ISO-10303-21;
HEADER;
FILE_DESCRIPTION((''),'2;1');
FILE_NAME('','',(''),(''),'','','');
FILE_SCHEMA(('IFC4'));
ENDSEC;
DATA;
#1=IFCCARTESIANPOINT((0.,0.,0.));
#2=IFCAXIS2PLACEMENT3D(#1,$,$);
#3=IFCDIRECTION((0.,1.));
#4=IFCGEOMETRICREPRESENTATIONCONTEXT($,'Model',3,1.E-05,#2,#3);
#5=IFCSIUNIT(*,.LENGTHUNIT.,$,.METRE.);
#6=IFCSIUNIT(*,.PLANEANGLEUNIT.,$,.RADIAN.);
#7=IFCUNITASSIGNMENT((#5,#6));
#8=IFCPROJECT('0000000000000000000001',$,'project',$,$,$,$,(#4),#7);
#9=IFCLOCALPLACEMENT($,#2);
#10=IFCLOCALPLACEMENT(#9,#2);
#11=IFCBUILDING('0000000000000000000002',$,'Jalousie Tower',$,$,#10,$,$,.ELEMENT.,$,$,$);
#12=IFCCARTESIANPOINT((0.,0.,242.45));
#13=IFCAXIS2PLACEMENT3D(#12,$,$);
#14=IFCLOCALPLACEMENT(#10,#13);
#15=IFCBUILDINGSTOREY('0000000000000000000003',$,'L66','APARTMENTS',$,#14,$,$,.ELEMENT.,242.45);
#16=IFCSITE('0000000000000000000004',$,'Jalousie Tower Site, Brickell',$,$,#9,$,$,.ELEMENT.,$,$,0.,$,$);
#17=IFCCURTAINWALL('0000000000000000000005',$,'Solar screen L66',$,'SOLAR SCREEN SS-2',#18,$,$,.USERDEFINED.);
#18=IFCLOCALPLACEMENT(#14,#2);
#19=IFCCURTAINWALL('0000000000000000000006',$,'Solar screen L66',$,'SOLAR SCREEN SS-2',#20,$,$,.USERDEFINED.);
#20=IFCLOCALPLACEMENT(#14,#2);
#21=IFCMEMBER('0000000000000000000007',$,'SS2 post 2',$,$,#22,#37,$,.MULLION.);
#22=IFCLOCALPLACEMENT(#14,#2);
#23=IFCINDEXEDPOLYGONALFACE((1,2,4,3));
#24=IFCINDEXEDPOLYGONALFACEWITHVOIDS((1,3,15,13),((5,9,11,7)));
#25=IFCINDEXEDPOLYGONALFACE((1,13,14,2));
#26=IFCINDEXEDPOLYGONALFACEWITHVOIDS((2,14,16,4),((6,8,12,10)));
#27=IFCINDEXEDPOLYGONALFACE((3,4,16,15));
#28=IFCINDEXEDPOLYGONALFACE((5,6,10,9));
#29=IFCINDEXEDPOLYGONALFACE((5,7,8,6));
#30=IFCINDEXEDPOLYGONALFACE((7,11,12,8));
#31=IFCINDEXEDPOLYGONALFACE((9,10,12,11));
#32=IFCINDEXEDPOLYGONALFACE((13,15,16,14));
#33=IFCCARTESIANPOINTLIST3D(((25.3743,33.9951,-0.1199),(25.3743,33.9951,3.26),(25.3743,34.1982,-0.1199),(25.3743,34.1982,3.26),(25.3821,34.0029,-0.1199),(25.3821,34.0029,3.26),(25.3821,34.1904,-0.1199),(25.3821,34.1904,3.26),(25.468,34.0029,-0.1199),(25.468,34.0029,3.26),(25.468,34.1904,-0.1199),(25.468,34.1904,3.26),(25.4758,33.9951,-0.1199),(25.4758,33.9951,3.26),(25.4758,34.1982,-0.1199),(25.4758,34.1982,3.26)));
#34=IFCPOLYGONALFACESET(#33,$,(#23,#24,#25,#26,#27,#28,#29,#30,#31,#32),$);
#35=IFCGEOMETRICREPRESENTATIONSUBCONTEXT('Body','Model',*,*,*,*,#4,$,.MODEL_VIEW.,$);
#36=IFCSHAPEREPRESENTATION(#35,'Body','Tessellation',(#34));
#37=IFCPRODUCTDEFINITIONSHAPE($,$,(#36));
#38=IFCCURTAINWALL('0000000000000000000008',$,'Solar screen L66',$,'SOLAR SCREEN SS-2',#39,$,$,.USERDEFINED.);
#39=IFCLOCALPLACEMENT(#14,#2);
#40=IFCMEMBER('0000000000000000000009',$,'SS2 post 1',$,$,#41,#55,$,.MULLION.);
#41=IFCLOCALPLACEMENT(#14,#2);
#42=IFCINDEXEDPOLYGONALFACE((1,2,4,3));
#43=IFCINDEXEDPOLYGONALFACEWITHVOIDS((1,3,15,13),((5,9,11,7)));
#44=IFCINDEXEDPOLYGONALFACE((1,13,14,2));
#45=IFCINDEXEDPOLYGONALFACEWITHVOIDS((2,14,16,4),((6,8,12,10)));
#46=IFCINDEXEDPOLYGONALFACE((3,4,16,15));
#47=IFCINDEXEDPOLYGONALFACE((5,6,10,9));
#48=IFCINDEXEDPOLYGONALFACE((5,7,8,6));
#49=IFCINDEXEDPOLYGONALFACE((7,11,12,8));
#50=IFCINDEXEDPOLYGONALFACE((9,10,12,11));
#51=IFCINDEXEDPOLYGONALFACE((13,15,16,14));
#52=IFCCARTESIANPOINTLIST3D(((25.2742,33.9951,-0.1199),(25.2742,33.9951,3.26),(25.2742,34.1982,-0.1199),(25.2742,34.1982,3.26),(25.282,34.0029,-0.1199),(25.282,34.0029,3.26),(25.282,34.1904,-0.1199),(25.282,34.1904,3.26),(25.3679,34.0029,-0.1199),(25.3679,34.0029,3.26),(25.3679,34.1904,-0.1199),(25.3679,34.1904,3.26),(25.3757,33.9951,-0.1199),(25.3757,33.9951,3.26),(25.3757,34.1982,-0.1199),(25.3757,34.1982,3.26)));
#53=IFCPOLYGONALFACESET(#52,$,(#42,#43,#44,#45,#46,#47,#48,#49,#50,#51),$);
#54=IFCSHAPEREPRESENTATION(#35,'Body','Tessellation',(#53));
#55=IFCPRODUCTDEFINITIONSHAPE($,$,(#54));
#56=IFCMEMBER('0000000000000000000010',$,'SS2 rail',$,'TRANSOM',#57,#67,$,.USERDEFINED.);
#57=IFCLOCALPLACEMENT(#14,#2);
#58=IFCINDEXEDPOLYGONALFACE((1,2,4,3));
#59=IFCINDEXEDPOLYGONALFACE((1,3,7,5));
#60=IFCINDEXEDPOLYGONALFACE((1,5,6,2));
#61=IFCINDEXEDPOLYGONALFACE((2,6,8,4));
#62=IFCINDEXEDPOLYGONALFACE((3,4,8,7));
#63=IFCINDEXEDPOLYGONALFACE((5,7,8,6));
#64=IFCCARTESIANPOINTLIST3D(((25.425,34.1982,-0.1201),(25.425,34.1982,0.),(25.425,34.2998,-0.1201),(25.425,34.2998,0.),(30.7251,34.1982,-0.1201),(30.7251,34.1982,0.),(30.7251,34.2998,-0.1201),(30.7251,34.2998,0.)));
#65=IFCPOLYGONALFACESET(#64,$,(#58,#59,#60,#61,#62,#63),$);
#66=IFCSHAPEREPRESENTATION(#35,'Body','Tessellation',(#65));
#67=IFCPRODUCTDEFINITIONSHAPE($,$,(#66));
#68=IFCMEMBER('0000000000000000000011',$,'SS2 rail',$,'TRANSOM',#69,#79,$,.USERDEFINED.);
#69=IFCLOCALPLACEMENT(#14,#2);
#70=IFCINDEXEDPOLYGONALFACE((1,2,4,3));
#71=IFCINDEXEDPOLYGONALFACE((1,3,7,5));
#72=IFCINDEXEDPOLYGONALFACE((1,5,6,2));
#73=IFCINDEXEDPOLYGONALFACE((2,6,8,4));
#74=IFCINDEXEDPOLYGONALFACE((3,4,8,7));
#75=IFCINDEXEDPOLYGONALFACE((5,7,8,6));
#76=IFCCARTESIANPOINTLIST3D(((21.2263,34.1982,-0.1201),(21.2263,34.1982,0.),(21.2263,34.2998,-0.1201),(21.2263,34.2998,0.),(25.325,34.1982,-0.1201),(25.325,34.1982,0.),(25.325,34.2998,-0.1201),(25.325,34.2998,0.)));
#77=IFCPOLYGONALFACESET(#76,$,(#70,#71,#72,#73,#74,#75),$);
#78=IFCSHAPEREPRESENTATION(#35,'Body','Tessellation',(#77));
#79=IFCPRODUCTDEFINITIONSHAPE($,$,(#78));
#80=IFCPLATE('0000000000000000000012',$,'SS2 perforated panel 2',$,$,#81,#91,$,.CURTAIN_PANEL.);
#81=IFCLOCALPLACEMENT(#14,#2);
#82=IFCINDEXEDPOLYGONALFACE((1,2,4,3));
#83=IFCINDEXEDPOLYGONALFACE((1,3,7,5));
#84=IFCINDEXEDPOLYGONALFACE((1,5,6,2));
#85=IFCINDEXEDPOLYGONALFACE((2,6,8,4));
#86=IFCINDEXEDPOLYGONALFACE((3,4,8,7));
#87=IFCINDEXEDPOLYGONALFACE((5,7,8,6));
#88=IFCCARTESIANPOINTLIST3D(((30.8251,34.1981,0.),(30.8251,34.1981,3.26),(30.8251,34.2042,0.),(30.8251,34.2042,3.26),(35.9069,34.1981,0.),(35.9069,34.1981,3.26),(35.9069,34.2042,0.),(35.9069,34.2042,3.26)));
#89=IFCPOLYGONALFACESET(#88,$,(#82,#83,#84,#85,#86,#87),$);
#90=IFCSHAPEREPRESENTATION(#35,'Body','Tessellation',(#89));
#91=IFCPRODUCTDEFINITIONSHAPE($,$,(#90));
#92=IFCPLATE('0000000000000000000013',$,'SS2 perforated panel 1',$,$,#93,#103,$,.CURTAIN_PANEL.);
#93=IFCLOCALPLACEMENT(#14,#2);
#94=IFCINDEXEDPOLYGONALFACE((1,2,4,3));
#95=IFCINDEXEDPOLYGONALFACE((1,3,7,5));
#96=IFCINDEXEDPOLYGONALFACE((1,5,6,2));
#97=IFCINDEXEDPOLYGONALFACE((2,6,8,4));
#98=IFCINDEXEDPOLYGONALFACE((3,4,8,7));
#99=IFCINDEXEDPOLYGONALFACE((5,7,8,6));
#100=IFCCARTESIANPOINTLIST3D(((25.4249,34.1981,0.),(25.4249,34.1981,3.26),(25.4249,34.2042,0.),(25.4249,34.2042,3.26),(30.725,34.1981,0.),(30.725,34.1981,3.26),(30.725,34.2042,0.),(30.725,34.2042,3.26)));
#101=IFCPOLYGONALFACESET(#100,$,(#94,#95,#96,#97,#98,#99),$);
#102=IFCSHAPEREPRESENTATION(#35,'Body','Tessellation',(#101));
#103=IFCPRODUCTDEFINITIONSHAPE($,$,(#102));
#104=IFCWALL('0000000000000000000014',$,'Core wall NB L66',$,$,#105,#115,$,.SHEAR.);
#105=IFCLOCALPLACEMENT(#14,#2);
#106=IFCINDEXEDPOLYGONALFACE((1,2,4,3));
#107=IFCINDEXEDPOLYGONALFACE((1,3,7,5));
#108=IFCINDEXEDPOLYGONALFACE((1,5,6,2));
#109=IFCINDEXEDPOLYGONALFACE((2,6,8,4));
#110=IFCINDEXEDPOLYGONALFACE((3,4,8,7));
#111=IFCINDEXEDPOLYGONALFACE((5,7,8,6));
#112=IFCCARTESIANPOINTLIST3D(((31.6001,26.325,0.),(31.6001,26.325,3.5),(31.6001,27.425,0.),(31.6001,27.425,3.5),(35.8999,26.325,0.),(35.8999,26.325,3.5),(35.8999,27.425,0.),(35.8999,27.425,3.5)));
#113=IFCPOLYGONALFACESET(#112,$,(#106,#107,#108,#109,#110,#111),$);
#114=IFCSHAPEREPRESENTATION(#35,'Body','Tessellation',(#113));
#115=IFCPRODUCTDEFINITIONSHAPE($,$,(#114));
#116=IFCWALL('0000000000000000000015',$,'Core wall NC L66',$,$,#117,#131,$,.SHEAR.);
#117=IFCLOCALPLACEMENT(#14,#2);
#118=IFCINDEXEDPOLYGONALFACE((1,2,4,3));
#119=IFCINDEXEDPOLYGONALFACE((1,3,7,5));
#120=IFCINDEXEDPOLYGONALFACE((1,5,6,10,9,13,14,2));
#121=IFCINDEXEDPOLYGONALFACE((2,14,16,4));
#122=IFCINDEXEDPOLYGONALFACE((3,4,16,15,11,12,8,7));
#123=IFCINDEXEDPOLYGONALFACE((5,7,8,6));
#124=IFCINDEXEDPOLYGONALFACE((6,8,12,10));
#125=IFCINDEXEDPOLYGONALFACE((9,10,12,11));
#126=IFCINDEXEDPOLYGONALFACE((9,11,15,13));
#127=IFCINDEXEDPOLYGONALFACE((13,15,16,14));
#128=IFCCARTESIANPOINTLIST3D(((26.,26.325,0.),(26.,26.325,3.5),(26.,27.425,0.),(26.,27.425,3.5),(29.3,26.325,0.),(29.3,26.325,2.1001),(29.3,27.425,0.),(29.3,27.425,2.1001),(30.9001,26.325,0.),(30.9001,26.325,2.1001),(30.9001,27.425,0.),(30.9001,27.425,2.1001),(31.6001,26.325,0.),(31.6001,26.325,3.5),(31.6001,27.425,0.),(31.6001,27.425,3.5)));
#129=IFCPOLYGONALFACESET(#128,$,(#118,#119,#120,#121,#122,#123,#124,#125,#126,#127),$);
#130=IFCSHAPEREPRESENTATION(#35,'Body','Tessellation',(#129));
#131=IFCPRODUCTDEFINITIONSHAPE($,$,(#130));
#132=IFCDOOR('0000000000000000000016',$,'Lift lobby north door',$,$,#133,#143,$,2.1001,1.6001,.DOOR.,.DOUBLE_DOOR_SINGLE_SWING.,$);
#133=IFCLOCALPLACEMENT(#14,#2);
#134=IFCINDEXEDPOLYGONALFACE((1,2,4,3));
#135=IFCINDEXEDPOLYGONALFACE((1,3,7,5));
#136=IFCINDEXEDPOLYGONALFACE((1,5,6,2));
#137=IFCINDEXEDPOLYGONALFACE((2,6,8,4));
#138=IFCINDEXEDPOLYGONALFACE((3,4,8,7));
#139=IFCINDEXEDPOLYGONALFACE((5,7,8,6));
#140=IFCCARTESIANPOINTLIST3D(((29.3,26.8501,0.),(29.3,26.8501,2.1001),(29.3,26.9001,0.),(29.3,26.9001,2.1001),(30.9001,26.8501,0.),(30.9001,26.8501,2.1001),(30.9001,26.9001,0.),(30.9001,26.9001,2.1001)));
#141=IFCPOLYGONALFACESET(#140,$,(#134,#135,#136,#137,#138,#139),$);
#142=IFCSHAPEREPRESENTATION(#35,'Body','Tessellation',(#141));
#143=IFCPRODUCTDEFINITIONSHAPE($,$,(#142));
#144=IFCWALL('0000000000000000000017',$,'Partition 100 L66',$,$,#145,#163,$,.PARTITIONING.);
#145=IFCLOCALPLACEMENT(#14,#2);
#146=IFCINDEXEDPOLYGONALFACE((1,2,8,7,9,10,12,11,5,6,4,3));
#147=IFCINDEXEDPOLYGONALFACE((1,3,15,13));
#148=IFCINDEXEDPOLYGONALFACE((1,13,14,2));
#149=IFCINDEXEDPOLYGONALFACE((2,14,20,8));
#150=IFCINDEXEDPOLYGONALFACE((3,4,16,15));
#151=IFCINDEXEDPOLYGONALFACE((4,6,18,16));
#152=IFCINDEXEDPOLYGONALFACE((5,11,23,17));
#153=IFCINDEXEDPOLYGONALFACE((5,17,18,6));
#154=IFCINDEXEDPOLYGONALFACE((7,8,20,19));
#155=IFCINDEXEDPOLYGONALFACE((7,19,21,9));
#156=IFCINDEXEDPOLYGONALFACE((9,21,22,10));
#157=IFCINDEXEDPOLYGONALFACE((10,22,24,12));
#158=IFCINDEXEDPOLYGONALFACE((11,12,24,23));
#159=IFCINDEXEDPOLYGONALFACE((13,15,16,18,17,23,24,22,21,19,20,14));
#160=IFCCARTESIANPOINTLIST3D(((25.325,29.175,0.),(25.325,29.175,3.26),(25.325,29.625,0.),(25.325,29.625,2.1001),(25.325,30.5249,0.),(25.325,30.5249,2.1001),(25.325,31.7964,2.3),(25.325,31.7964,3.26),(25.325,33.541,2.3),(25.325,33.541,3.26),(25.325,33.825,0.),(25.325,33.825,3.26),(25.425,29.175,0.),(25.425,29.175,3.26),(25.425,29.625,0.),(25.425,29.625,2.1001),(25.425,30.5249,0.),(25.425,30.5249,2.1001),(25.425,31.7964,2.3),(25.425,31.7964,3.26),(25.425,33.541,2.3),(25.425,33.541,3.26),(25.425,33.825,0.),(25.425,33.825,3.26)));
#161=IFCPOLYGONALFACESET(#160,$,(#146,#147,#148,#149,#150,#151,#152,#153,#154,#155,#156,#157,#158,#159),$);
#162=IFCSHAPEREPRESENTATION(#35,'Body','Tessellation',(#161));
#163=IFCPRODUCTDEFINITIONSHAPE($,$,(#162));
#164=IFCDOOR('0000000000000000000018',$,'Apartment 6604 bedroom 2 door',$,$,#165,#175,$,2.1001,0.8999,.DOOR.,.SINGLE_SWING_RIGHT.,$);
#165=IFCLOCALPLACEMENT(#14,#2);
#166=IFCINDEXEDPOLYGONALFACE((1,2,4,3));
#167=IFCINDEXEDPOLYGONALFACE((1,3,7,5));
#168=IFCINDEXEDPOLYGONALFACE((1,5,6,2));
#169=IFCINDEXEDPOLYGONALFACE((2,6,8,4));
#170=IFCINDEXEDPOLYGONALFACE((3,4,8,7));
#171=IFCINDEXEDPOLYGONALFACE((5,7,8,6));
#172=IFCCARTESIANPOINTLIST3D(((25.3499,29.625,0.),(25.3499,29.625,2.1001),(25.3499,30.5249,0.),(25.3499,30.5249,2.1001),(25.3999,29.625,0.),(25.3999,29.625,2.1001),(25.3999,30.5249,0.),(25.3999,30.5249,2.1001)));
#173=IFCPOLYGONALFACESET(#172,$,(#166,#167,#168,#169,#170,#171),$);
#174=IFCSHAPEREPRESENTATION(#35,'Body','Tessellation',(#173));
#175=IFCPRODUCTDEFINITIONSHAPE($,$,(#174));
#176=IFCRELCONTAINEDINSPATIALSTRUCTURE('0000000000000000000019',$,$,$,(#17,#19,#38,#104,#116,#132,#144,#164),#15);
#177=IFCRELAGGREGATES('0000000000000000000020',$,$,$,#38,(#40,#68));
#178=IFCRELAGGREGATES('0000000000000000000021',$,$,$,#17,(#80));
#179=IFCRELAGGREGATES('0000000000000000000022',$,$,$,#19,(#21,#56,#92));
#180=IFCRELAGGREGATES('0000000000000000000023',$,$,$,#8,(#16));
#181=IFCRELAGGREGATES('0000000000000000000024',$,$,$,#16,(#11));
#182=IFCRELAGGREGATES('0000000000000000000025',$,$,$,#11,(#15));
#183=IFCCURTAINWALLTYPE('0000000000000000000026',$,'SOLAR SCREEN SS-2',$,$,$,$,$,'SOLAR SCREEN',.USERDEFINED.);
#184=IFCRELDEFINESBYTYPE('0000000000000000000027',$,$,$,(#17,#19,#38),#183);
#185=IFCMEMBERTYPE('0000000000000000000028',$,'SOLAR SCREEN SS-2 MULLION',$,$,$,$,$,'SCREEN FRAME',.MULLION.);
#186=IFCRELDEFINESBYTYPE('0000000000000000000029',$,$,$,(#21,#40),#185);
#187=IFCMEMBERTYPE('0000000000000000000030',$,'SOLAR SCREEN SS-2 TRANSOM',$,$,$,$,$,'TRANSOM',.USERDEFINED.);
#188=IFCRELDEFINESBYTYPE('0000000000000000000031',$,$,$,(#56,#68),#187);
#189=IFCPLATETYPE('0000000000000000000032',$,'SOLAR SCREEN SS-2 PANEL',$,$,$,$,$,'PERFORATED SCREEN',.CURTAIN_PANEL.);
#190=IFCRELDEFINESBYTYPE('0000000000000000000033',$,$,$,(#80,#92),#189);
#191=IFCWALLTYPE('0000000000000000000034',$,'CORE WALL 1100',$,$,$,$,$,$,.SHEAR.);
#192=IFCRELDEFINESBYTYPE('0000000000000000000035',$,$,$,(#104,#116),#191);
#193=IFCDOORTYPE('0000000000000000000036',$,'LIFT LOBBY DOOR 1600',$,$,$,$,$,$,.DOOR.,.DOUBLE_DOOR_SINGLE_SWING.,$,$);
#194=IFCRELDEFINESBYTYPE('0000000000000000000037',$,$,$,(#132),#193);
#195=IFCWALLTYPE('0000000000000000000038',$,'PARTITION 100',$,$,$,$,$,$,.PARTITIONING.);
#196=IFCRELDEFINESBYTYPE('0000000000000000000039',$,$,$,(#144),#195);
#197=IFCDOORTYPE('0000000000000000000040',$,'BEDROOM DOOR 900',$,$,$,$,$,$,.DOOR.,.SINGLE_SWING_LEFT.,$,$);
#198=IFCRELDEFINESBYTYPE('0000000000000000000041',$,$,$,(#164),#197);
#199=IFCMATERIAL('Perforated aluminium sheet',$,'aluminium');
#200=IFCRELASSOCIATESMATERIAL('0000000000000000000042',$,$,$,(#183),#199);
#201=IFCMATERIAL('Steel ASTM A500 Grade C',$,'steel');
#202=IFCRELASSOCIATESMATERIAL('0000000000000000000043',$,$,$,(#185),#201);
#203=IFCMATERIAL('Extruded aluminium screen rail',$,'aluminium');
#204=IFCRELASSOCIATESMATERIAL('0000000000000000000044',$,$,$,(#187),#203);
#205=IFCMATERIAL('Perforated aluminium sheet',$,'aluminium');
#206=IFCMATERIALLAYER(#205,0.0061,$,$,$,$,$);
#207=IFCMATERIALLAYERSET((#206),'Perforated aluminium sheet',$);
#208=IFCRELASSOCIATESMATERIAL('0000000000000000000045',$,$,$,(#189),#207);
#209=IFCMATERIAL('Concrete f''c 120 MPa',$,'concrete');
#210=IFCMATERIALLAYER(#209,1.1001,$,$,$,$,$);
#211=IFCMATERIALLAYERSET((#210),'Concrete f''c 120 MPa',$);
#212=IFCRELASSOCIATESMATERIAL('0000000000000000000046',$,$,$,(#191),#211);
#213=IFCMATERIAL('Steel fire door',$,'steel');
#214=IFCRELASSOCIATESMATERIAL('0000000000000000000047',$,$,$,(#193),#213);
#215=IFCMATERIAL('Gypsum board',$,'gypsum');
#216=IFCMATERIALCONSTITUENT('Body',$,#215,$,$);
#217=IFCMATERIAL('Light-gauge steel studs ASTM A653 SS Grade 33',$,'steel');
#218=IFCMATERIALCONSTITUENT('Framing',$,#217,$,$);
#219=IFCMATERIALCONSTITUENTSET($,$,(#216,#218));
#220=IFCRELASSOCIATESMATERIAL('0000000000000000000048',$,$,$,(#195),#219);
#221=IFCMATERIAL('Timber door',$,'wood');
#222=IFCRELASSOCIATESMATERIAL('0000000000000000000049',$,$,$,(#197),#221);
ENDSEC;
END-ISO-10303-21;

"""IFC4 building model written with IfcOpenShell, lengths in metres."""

from ifc_helpers import new_model, si_unit, direction, frame, frame_2d, origin, origin_2d, place, context, subcontext, project, spatial, polyline, rectangle, hollow_rectangle, outline, extrude, material, layer, layer_set, constituent, constituent_set, material_profile, profile_set, type_object, element, fill, aggregate, save


model = new_model("IFC4")

# Units and contexts
model_context = context("Model", 3, precision=1e-05, world=origin(), true_north=direction((0.0, 1.0)))
body_context = subcontext(model_context, "Body", "Model", "MODEL_VIEW")
ifc_project = project(units=[si_unit("LENGTHUNIT", "METRE"), si_unit("PLANEANGLEUNIT", "RADIAN")], contexts=[model_context])

# Site, building, storey
site_placement = place(None, origin())
site = spatial("IfcSite", under=ifc_project, at=site_placement, Name="Jalousie Tower Site, Brickell", CompositionType="ELEMENT", RefElevation=0.0)
building_placement = place(site_placement, origin())
building = spatial("IfcBuilding", under=site, at=building_placement, Name="Jalousie Tower", CompositionType="ELEMENT")
storey_placement = place(building_placement, frame((0.0, 0.0, 242.45)))
storey = spatial("IfcBuildingStorey", under=building, at=storey_placement, Name="L66", Description="APARTMENTS", CompositionType="ELEMENT", Elevation=242.45)

# Curtain walls, member
ifc_material_1 = material(Name="Perforated aluminium sheet", Category="aluminium")
curtain_wall_type = type_object("IfcCurtainWallType", Name="SOLAR SCREEN SS-2", ElementType="SOLAR SCREEN", PredefinedType="USERDEFINED", material=ifc_material_1)
curtain_wall_1_placement = place(storey_placement, origin())
curtain_wall_1 = element("IfcCurtainWall", 1, at=curtain_wall_1_placement, inside=storey, type_object=curtain_wall_type, Name="Solar screen L66", ObjectType="SOLAR SCREEN SS-2", PredefinedType="USERDEFINED")
ifc_material_2 = material(Name="Steel ASTM A500 Grade C", Category="steel")
ifc_material_profile_1 = material_profile(ifc_material_2, hollow_rectangle(XDim=0.1016, YDim=0.2031, WallThickness=0.0078, at=origin_2d()), Name="HSS8X4X5/16")
ifc_profile_set_1 = profile_set([ifc_material_profile_1], Name="Steel ASTM A500 Grade C")
member_type_1 = type_object("IfcMemberType", Name="SOLAR SCREEN SS-2 MULLION", ElementType="SCREEN FRAME", PredefinedType="MULLION", material=ifc_profile_set_1)
curtain_wall_2_placement = place(storey_placement, origin())
curtain_wall_2 = element("IfcCurtainWall", 2, at=curtain_wall_2_placement, inside=storey, type_object=curtain_wall_type, Name="Solar screen L66", ObjectType="SOLAR SCREEN SS-2", PredefinedType="USERDEFINED")
member_1_placement = place(storey_placement, frame((25.425, 34.0967, -0.1199), z_axis=(0.0, 0.0, 1.0), x_axis=(-1.0, 0.0, 0.0)))
member_1 = element("IfcMember", 3, at=member_1_placement, type_object=member_type_1, Name="SS2 post 2", PredefinedType="MULLION", context=body_context, shape_type="SweptSolid", body=[
    extrude(hollow_rectangle(XDim=0.1016, YDim=0.2031, WallThickness=0.0078, at=origin_2d()), origin(), (0.0, 0.0, 1.0), 3.3799),
])

# Curtain wall, member
curtain_wall_3_placement = place(storey_placement, origin())
curtain_wall_3 = element("IfcCurtainWall", 4, at=curtain_wall_3_placement, inside=storey, type_object=curtain_wall_type, Name="Solar screen L66", ObjectType="SOLAR SCREEN SS-2", PredefinedType="USERDEFINED")
member_2_placement = place(storey_placement, frame((25.325, 34.0967, -0.1199), z_axis=(0.0, 0.0, 1.0), x_axis=(-1.0, 0.0, 0.0)))
member_2 = element("IfcMember", 5, at=member_2_placement, type_object=member_type_1, Name="SS2 post 1", PredefinedType="MULLION", context=body_context, shape_type="SweptSolid", body=[
    extrude(hollow_rectangle(XDim=0.1016, YDim=0.2031, WallThickness=0.0078, at=origin_2d()), origin(), (0.0, 0.0, 1.0), 3.3799),
])

# Members
ifc_material_3 = material(Name="Extruded aluminium screen rail", Category="aluminium")
ifc_material_profile_2 = material_profile(ifc_material_3, rectangle(XDim=0.1016, YDim=0.1201, at=origin_2d()), Name="RAIL 102x120")
ifc_profile_set_2 = profile_set([ifc_material_profile_2], Name="Extruded aluminium screen rail")
member_type_2 = type_object("IfcMemberType", Name="SOLAR SCREEN SS-2 TRANSOM", ElementType="TRANSOM", PredefinedType="USERDEFINED", material=ifc_profile_set_2)
member_3_placement = place(storey_placement, frame((30.7251, 34.249, -0.0601), z_axis=(-1.0, 0.0, 0.0), x_axis=(0.0, -1.0, 0.0)))
member_3 = element("IfcMember", 6, at=member_3_placement, type_object=member_type_2, Name="SS2 rail", ObjectType="TRANSOM", PredefinedType="USERDEFINED", context=body_context, shape_type="SweptSolid", body=[
    extrude(rectangle(XDim=0.1016, YDim=0.1201, at=origin_2d()), origin(), (0.0, 0.0, 1.0), 5.3),
])
member_4_placement = place(storey_placement, frame((25.325, 34.249, -0.0601), z_axis=(-1.0, 0.0, 0.0), x_axis=(0.0, -1.0, 0.0)))
member_4 = element("IfcMember", 7, at=member_4_placement, type_object=member_type_2, Name="SS2 rail", ObjectType="TRANSOM", PredefinedType="USERDEFINED", context=body_context, shape_type="SweptSolid", body=[
    extrude(rectangle(XDim=0.1016, YDim=0.1201, at=origin_2d()), origin(), (0.0, 0.0, 1.0), 4.0986),
])
aggregate(curtain_wall_3, [member_2, member_4])

# Plates
ifc_material_4 = material(Name="Perforated aluminium sheet", Category="aluminium")
ifc_layer_1 = layer(ifc_material_4, 0.0061)
ifc_layer_set_1 = layer_set([ifc_layer_1], Name="Perforated aluminium sheet")
plate_type = type_object("IfcPlateType", Name="SOLAR SCREEN SS-2 PANEL", ElementType="PERFORATED SCREEN", PredefinedType="CURTAIN_PANEL", material=ifc_layer_set_1)
plate_1_placement = place(storey_placement, frame((33.366, 34.2012, 0.0), z_axis=(0.0, 0.0, 1.0), x_axis=(-1.0, 0.0, 0.0)))
plate_1 = element("IfcPlate", 8, at=plate_1_placement, type_object=plate_type, Name="SS2 perforated panel 2", PredefinedType="CURTAIN_PANEL", context=body_context, shape_type="SweptSolid", body=[
    extrude(rectangle(XDim=5.0818, YDim=0.0061, at=origin_2d()), origin(), (0.0, 0.0, 1.0), 3.26),
])
aggregate(curtain_wall_1, [plate_1])
plate_2_placement = place(storey_placement, frame((28.075, 34.2012, 0.0), z_axis=(0.0, 0.0, 1.0), x_axis=(-1.0, 0.0, 0.0)))
plate_2 = element("IfcPlate", 9, at=plate_2_placement, type_object=plate_type, Name="SS2 perforated panel 1", PredefinedType="CURTAIN_PANEL", context=body_context, shape_type="SweptSolid", body=[
    extrude(rectangle(XDim=5.3, YDim=0.0061, at=origin_2d()), origin(), (0.0, 0.0, 1.0), 3.26),
])
aggregate(curtain_wall_2, [member_1, member_3, plate_2])

# Wall
ifc_material_5 = material(Name="Concrete f'c 120 MPa", Category="concrete")
ifc_layer_2 = layer(ifc_material_5, 1.1001)
ifc_layer_set_2 = layer_set([ifc_layer_2], Name="Concrete f'c 120 MPa")
wall_type_1 = type_object("IfcWallType", Name="CORE WALL 1100", PredefinedType="SHEAR", material=ifc_layer_set_2)
wall_1_placement = place(storey_placement, frame((35.8999, 26.875, 0.0), z_axis=(0.0, 0.0, 1.0), x_axis=(-1.0, 0.0, 0.0)))
element("IfcWall", 10, at=wall_1_placement, inside=storey, type_object=wall_type_1, Name="Core wall NB L66", PredefinedType="SHEAR", context=body_context, shape_type="SweptSolid", body=[
    extrude(rectangle(XDim=4.2998, YDim=1.1001, at=frame_2d((2.1499, 0.0))), origin(), (0.0, 0.0, 1.0), 3.5),
])

# Walls, openings, doors
wall_2_placement = place(storey_placement, frame((31.6001, 26.875, 0.0), z_axis=(0.0, 0.0, 1.0), x_axis=(-1.0, 0.0, 0.0)))
wall_2 = element("IfcWall", 11, at=wall_2_placement, inside=storey, type_object=wall_type_1, Name="Core wall NC L66", PredefinedType="SHEAR", context=body_context, shape_type="SweptSolid", body=[
    extrude(rectangle(XDim=5.6001, YDim=1.1001, at=frame_2d((2.8, 0.0))), origin(), (0.0, 0.0, 1.0), 3.5),
])
opening_1_placement = place(wall_2_placement, frame((0.7, 0.0, 0.0)))
opening_1 = element("IfcOpeningElement", 12, at=opening_1_placement, cuts=wall_2, PredefinedType="OPENING", context=body_context, shape_type="SweptSolid", body=[
    extrude(rectangle(XDim=1.6001, YDim=2.1001, at=frame_2d((0.8, 1.05))), frame((0.0, 0.5601, 0.0), z_axis=(0.0, -1.0, 0.0), x_axis=(1.0, 0.0, 0.0)), (0.0, 0.0, 1.0), 1.1201),
])
ifc_material_6 = material(Name="Steel fire door", Category="steel")
door_type_1 = type_object("IfcDoorType", Name="LIFT LOBBY DOOR 1600", OperationType="DOUBLE_DOOR_SINGLE_SWING", PredefinedType="DOOR", material=ifc_material_6)
door_1_placement = place(opening_1_placement, origin())
door_1 = element("IfcDoor", 13, at=door_1_placement, inside=storey, type_object=door_type_1, Name="Lift lobby north door", OperationType="DOUBLE_DOOR_SINGLE_SWING", OverallHeight=2.1001, OverallWidth=1.6001, PredefinedType="DOOR", context=body_context, shape_type="SweptSolid", body=[
    extrude(rectangle(XDim=1.6001, YDim=2.1001, at=frame_2d((0.8, 1.05))), frame((0.0, 0.0249, 0.0), z_axis=(0.0, -1.0, 0.0), x_axis=(1.0, 0.0, 0.0)), (0.0, 0.0, 1.0), 0.05),
])
fill(opening_1, door_1)
ifc_material_7 = material(Name="Gypsum board", Category="gypsum")
ifc_constituent_1 = constituent(ifc_material_7, Name="Body")
ifc_material_8 = material(Name="Light-gauge steel studs ASTM A653 SS Grade 33", Category="steel")
ifc_constituent_2 = constituent(ifc_material_8, Name="Framing")
ifc_constituent_set = constituent_set(constituents=[ifc_constituent_1, ifc_constituent_2])
wall_type_2 = type_object("IfcWallType", Name="PARTITION 100", PredefinedType="PARTITIONING", material=ifc_constituent_set)
wall_3_placement = place(storey_placement, frame((25.375, 33.825, 0.0), z_axis=(0.0, 0.0, 1.0), x_axis=(0.0, -1.0, 0.0)))
wall_3 = element("IfcWall", 14, at=wall_3_placement, inside=storey, type_object=wall_type_2, Name="Partition 100 L66", PredefinedType="PARTITIONING", context=body_context, shape_type="SweptSolid", body=[
    extrude(outline(polyline([(0.0, 0.0), (4.6499, 0.0), (4.6499, 3.26), (2.0286, 3.26), (2.0286, 2.3), (0.2839, 2.3), (0.2839, 3.26), (0.0, 3.26), (0.0, 0.0)])), frame((0.0, 0.05, 0.0), z_axis=(0.0, -1.0, 0.0), x_axis=(1.0, 0.0, 0.0)), (0.0, 0.0, 1.0), 0.1001),
])
opening_2_placement = place(wall_3_placement, frame((3.3, 0.0, 0.0)))
opening_2 = element("IfcOpeningElement", 15, at=opening_2_placement, cuts=wall_3, PredefinedType="OPENING", context=body_context, shape_type="SweptSolid", body=[
    extrude(rectangle(XDim=0.8999, YDim=2.1001, at=frame_2d((0.45, 1.05))), frame((0.0, 0.0601, 0.0), z_axis=(0.0, -1.0, 0.0), x_axis=(1.0, 0.0, 0.0)), (0.0, 0.0, 1.0), 0.1201),
])
ifc_material_9 = material(Name="Timber door", Category="wood")
door_type_2 = type_object("IfcDoorType", Name="BEDROOM DOOR 900", OperationType="SINGLE_SWING_LEFT", PredefinedType="DOOR", material=ifc_material_9)
door_2_placement = place(opening_2_placement, origin())
door_2 = element("IfcDoor", 16, at=door_2_placement, inside=storey, type_object=door_type_2, Name="Apartment 6604 bedroom 2 door", OperationType="SINGLE_SWING_RIGHT", OverallHeight=2.1001, OverallWidth=0.8999, PredefinedType="DOOR", context=body_context, shape_type="SweptSolid", body=[
    extrude(rectangle(XDim=0.8999, YDim=2.1001, at=frame_2d((0.45, 1.05))), frame((0.0, 0.0249, 0.0), z_axis=(0.0, -1.0, 0.0), x_axis=(1.0, 0.0, 0.0)), (0.0, 0.0, 1.0), 0.05),
])
fill(opening_2, door_2)

save(model, "model.ifc")
